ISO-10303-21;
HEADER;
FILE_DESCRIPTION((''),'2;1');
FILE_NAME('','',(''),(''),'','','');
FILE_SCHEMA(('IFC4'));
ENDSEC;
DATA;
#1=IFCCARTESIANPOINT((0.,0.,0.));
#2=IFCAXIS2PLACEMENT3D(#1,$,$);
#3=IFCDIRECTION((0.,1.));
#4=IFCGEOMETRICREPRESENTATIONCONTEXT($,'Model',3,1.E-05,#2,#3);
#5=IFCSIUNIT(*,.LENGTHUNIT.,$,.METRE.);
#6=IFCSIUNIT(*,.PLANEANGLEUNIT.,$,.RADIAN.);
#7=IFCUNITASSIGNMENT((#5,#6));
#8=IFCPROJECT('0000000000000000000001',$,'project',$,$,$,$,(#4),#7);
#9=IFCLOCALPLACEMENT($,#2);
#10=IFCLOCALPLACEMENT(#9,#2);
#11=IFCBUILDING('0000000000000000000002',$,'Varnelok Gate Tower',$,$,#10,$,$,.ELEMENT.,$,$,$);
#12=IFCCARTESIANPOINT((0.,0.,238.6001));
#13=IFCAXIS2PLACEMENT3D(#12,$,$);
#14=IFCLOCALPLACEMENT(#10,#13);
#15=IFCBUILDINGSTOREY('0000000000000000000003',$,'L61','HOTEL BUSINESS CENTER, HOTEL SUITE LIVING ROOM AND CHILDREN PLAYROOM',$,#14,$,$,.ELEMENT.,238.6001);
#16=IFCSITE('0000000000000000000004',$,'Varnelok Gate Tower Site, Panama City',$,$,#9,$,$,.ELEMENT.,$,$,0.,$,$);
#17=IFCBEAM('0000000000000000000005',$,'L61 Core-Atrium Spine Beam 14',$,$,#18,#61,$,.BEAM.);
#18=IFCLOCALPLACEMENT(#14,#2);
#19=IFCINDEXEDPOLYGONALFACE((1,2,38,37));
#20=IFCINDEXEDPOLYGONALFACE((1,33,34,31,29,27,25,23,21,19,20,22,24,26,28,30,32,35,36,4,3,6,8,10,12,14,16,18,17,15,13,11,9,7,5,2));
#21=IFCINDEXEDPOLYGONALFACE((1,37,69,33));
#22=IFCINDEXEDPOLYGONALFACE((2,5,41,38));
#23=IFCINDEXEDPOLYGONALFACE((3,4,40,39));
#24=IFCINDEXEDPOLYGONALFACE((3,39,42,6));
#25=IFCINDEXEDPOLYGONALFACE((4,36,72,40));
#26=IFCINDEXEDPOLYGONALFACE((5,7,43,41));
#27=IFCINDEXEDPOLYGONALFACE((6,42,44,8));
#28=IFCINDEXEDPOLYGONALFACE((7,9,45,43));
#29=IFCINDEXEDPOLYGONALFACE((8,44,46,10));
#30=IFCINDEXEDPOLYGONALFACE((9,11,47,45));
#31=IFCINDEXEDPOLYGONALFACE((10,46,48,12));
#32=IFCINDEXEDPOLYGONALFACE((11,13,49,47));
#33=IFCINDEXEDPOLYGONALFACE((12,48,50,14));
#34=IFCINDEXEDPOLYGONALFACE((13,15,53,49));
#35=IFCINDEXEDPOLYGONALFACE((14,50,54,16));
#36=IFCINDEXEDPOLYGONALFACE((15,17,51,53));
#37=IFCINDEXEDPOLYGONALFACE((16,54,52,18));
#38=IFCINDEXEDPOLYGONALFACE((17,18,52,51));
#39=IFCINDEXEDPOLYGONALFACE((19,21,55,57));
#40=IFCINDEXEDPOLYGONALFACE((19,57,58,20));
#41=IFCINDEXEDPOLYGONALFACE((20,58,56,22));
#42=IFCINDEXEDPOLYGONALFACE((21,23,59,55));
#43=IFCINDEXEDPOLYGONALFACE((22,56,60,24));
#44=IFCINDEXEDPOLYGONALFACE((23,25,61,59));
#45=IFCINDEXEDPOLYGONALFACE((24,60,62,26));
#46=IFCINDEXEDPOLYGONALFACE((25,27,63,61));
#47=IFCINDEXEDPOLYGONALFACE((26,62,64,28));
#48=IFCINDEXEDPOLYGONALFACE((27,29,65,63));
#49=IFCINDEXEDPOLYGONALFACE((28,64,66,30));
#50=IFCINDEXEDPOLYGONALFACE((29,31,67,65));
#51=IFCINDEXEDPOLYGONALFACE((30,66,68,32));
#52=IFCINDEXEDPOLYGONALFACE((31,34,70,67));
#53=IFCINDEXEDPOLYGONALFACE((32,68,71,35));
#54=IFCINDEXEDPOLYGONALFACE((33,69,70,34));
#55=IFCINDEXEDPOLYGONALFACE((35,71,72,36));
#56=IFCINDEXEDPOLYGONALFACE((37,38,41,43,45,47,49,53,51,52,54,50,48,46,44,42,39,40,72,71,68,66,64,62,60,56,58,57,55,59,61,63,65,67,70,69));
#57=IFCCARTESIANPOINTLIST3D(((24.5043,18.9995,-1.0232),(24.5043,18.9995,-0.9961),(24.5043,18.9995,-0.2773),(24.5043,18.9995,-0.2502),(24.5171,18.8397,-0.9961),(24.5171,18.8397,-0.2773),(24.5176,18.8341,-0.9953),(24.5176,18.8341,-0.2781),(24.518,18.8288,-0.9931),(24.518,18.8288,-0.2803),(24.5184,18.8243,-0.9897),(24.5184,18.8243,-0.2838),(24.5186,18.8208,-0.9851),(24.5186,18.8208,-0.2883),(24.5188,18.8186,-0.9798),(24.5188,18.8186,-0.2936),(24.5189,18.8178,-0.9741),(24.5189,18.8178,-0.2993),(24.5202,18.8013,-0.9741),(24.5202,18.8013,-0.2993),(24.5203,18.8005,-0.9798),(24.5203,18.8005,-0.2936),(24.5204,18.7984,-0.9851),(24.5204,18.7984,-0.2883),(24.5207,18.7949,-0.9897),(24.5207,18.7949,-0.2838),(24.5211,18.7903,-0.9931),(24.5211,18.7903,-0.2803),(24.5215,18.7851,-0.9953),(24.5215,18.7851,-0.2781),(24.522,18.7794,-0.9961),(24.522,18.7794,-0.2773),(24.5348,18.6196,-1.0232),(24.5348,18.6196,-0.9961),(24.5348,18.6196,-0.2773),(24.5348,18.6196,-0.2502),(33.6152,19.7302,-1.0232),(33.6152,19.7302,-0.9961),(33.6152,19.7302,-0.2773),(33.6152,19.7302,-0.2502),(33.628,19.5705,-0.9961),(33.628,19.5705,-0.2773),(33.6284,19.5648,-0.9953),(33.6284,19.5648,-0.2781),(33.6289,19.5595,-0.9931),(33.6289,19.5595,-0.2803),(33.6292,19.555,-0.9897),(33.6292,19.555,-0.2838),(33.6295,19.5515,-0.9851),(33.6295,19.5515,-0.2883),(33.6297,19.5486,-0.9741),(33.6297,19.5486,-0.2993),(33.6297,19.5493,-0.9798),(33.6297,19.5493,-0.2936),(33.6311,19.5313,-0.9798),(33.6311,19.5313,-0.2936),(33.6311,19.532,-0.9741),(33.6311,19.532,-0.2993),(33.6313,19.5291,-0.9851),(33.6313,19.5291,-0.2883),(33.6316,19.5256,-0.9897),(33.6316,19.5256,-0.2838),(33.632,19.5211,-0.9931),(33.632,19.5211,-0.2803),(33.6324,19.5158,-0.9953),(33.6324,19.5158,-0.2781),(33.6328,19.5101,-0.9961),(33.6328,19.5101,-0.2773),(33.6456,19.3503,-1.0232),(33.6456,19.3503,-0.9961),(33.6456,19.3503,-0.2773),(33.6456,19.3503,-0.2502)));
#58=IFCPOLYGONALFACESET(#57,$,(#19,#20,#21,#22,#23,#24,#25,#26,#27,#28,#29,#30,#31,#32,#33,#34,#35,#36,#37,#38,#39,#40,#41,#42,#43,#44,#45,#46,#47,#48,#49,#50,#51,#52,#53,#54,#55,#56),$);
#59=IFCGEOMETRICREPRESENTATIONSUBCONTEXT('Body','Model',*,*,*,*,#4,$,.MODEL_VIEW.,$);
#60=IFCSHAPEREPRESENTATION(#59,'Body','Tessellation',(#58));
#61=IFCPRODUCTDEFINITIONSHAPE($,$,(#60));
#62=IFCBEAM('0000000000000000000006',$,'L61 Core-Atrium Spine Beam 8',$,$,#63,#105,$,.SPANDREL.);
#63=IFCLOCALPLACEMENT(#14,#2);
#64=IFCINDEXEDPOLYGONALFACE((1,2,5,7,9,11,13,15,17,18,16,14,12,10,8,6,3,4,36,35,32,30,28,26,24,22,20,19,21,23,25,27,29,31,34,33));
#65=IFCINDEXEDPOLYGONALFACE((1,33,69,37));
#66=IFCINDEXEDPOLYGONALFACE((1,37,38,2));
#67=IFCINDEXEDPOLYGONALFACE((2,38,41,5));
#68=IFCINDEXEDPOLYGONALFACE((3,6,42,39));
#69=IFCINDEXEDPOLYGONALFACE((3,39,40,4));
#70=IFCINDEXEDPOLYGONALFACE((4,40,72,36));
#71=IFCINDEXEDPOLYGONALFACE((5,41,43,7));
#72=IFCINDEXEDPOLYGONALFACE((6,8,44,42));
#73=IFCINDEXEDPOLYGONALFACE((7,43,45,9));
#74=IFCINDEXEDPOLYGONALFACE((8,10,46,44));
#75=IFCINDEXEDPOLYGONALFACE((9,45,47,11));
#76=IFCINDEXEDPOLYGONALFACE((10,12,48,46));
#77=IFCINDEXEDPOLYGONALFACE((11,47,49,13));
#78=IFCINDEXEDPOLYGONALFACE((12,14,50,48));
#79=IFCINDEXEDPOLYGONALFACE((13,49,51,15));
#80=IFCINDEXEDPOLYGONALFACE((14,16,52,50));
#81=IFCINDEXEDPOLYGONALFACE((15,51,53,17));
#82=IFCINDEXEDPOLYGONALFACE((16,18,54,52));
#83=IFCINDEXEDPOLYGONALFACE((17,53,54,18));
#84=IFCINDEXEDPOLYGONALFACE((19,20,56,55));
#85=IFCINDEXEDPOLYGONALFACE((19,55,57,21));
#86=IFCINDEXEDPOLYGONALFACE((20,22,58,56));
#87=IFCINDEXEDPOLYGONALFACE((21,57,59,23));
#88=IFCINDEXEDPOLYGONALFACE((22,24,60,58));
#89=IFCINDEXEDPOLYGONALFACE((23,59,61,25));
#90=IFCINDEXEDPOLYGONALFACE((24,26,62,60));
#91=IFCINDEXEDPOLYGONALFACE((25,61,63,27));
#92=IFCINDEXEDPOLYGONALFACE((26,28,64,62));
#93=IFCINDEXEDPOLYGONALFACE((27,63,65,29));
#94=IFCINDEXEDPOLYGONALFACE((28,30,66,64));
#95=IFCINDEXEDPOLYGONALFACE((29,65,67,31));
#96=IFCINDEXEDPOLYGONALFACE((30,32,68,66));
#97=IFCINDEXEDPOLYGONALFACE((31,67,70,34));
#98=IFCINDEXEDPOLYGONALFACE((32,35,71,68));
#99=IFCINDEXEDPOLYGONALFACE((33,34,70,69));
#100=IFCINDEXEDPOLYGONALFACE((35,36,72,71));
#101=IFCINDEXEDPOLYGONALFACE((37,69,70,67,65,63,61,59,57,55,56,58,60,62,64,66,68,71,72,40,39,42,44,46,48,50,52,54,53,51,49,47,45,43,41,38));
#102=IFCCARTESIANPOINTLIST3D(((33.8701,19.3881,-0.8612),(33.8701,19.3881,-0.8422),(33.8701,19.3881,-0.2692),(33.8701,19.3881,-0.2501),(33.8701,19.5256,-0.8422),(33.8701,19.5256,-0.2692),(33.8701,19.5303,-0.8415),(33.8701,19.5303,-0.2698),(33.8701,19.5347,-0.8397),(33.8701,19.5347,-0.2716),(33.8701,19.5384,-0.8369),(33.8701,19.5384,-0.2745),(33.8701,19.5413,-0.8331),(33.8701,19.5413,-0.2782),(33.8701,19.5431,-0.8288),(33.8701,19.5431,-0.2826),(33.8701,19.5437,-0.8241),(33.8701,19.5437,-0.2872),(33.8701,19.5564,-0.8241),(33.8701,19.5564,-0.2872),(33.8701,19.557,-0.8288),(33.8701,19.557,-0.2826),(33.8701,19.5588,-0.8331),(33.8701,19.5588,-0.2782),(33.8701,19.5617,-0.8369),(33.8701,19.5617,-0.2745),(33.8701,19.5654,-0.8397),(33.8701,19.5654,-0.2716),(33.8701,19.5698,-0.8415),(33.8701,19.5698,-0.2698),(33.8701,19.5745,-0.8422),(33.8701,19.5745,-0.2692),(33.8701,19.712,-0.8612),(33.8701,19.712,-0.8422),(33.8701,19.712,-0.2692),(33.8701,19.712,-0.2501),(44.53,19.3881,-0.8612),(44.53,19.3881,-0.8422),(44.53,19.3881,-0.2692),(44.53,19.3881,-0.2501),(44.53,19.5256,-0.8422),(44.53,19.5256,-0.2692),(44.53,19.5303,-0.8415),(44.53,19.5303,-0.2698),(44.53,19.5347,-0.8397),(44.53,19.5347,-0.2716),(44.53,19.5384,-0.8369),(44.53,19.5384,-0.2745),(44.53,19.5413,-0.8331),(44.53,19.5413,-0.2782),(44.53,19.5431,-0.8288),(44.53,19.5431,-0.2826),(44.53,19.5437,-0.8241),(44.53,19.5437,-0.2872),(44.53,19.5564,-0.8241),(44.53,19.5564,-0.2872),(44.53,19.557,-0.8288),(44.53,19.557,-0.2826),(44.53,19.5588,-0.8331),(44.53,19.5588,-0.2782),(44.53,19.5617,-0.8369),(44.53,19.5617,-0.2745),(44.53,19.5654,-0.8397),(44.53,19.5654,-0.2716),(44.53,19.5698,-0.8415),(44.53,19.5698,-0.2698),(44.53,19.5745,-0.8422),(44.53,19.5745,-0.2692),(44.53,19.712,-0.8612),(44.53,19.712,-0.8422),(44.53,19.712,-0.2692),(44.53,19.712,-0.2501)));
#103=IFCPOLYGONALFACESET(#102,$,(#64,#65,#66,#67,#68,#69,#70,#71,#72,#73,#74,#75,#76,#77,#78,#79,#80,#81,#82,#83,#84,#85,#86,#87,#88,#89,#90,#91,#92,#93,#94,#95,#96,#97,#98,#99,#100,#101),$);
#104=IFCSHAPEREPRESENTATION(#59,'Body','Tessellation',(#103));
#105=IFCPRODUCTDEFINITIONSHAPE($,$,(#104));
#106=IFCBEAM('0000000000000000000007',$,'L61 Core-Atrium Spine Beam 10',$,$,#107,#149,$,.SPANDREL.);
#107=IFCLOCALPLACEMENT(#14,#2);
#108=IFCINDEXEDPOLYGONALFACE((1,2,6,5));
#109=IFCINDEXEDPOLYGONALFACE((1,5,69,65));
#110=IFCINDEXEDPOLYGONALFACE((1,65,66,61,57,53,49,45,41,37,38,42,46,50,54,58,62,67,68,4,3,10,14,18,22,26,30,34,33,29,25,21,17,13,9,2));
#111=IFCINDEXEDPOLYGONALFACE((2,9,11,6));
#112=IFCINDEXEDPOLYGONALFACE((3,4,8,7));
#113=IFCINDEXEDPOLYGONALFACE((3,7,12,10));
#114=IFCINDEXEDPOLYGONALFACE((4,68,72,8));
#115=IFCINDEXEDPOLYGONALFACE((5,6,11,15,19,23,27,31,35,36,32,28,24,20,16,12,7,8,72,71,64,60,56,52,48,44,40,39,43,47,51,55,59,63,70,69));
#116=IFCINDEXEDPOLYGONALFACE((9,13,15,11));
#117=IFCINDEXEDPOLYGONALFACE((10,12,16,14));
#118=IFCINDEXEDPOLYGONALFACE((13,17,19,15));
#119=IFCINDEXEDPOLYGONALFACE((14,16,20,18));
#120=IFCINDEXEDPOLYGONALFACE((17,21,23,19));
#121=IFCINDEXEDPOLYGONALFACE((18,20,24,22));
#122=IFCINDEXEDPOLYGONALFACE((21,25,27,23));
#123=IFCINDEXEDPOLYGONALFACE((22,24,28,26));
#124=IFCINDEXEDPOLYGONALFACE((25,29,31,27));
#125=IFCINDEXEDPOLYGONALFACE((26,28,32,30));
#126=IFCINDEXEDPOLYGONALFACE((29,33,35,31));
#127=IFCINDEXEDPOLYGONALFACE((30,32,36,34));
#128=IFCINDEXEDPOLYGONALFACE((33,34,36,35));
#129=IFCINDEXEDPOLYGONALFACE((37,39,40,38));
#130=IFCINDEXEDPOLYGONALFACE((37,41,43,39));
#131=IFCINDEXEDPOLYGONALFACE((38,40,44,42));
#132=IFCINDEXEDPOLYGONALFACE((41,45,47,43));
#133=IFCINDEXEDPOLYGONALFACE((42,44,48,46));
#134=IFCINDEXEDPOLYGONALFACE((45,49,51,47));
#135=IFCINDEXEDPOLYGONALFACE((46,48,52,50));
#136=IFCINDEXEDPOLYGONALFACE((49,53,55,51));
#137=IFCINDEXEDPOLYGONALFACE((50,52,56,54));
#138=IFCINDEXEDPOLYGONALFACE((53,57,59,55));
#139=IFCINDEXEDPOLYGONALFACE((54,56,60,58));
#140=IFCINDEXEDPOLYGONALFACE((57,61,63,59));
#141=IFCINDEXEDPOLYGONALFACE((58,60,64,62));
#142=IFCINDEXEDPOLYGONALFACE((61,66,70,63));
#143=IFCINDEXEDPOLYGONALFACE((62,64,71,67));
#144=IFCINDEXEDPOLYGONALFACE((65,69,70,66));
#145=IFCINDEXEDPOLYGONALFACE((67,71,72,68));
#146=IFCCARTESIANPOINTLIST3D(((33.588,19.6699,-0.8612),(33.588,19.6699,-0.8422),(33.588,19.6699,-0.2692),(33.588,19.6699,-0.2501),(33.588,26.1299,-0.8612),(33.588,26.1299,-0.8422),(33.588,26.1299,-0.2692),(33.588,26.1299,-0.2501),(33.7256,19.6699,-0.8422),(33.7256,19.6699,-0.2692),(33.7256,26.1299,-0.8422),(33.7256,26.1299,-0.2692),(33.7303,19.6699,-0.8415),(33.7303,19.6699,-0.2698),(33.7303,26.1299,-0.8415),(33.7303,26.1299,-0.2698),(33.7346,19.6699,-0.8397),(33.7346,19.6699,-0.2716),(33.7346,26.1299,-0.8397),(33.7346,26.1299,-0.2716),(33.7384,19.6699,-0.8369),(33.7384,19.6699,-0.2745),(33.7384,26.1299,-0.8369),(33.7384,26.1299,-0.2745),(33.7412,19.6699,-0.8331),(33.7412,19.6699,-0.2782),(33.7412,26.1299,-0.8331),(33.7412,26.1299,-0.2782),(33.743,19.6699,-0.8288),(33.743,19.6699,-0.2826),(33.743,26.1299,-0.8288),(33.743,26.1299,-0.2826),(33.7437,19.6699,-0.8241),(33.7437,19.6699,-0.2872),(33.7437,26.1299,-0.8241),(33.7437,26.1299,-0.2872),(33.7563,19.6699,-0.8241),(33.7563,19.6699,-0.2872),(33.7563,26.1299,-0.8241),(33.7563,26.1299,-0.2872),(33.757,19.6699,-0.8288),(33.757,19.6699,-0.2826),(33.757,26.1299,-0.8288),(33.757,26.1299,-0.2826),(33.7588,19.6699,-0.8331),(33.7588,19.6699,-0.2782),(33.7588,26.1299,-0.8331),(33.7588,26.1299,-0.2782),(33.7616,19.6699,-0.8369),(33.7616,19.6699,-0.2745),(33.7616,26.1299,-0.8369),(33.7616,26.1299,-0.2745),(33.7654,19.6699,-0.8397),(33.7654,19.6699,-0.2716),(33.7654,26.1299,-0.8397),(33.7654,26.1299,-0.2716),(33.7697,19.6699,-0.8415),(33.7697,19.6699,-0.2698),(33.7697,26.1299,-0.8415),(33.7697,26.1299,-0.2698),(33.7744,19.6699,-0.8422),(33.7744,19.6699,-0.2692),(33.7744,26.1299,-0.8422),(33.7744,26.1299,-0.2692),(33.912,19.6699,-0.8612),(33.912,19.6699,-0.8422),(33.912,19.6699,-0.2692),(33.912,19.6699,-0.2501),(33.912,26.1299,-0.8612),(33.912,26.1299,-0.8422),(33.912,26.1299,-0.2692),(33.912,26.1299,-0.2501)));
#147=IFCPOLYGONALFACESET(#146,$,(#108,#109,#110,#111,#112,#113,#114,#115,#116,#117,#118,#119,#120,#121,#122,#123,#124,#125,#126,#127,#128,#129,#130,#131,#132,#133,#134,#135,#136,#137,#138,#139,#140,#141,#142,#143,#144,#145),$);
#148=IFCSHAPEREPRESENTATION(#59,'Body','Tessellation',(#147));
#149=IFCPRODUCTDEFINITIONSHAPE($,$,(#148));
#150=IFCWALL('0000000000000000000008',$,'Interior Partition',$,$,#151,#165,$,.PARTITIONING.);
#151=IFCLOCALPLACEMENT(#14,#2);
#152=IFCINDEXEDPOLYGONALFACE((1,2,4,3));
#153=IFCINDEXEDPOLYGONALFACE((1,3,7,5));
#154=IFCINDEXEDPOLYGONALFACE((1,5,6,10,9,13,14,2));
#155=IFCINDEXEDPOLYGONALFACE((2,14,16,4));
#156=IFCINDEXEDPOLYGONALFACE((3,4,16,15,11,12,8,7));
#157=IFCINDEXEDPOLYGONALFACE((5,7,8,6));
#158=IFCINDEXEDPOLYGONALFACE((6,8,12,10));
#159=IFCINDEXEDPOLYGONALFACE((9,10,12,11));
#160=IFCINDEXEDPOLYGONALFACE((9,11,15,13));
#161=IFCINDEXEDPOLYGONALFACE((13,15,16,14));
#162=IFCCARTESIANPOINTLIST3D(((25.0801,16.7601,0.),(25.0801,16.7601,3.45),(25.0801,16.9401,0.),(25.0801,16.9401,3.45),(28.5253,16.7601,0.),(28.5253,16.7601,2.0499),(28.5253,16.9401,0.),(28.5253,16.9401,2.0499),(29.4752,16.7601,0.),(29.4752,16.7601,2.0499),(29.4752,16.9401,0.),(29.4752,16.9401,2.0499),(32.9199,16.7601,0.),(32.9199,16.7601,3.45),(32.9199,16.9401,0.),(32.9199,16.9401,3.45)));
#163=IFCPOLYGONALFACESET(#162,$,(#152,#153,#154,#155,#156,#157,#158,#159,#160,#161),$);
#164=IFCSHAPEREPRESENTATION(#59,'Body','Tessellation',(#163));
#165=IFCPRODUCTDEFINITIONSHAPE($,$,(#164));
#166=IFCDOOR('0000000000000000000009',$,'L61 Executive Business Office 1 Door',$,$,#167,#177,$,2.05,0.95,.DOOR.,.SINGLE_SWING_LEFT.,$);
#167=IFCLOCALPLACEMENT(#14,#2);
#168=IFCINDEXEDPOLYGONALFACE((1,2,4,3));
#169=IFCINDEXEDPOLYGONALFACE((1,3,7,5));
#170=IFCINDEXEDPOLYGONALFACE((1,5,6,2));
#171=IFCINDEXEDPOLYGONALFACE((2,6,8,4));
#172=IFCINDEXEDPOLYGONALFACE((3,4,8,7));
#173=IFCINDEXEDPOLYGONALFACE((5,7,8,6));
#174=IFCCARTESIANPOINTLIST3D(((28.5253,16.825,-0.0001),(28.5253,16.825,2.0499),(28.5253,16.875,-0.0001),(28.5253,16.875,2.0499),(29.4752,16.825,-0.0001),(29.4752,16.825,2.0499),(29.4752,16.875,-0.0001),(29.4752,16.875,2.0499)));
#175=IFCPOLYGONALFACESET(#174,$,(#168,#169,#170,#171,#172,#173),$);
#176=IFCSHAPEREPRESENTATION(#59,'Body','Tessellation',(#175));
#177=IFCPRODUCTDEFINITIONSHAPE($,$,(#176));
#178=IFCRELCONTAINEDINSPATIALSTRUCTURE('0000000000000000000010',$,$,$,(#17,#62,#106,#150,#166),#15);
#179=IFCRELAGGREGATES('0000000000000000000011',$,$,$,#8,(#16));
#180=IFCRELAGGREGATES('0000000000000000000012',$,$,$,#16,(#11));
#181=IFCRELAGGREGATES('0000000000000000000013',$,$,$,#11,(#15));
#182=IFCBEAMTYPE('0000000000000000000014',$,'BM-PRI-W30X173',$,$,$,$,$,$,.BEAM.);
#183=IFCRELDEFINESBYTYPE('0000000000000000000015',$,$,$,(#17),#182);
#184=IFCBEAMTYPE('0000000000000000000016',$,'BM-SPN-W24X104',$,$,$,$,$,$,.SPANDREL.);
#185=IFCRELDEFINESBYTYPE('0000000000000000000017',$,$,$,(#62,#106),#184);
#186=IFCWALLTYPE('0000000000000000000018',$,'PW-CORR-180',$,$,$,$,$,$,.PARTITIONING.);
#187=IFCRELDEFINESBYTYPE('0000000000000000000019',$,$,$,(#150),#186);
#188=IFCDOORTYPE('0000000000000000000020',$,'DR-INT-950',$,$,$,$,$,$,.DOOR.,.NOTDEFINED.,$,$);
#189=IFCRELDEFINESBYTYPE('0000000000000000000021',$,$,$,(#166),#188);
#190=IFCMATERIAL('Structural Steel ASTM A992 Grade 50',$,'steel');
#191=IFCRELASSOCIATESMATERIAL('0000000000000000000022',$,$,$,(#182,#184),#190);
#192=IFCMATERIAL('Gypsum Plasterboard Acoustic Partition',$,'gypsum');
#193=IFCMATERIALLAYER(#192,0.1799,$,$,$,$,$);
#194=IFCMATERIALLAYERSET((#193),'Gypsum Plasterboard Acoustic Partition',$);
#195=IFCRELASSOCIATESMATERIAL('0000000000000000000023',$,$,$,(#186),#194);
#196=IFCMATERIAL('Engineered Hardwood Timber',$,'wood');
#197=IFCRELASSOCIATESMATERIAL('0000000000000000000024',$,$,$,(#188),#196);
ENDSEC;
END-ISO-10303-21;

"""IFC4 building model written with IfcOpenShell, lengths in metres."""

from ifc_helpers import new_model, si_unit, direction, frame, frame_2d, origin, origin_2d, place, context, subcontext, project, spatial, rectangle, i_section, extrude, material, layer, layer_set, material_profile, profile_set, type_object, element, fill, save


model = new_model("IFC4")

# Units and contexts
model_context = context("Model", 3, precision=1e-05, world=origin(), true_north=direction((0.0, 1.0)))
body_context = subcontext(model_context, "Body", "Model", "MODEL_VIEW")
ifc_project = project(units=[si_unit("LENGTHUNIT", "METRE"), si_unit("PLANEANGLEUNIT", "RADIAN")], contexts=[model_context])

# Site, building, storey
site_placement = place(None, origin())
site = spatial("IfcSite", under=ifc_project, at=site_placement, Name="Varnelok Gate Tower Site, Panama City", CompositionType="ELEMENT", RefElevation=0.0)
building_placement = place(site_placement, origin())
building = spatial("IfcBuilding", under=site, at=building_placement, Name="Varnelok Gate Tower", CompositionType="ELEMENT")
storey_placement = place(building_placement, frame((0.0, 0.0, 238.6001)))
storey = spatial("IfcBuildingStorey", under=building, at=storey_placement, Name="L61", Description="HOTEL BUSINESS CENTER, HOTEL SUITE LIVING ROOM AND CHILDREN PLAYROOM", CompositionType="ELEMENT", Elevation=238.6001)

# Shared definitions
ifc_material_1 = material(Name="Structural Steel ASTM A992 Grade 50", Category="steel")

# Beams
ifc_material_profile_1 = material_profile(ifc_material_1, i_section(OverallWidth=0.3811, OverallDepth=0.7729, WebThickness=0.0166, FlangeThickness=0.0271, FilletRadius=0.022, at=origin_2d()), Name="W30X173")
ifc_profile_set_1 = profile_set([ifc_material_profile_1], Name="Structural Steel ASTM A992 Grade 50")
beam_type_1 = type_object("IfcBeamType", Name="BM-PRI-W30X173", PredefinedType="BEAM", material=ifc_profile_set_1)
beam_1_placement = place(storey_placement, frame((24.5195, 18.8096, -0.6367), z_axis=(0.996799, 0.079946, 0.0), x_axis=(-0.079946, 0.996799, 0.0)))
element("IfcBeam", 1, at=beam_1_placement, inside=storey, type_object=beam_type_1, Name="L61 Core-Atrium Spine Beam 14", PredefinedType="BEAM", context=body_context, shape_type="SweptSolid", body=[
    extrude(i_section(OverallWidth=0.3811, OverallDepth=0.7729, WebThickness=0.0166, FlangeThickness=0.0271, FilletRadius=0.022, at=origin_2d()), origin(), (0.0, 0.0, 1.0), 9.1401),
])
ifc_material_profile_2 = material_profile(ifc_material_1, i_section(OverallWidth=0.324, OverallDepth=0.6111, WebThickness=0.0127, FlangeThickness=0.019, FilletRadius=0.0181, at=origin_2d()), Name="W24X104")
ifc_profile_set_2 = profile_set([ifc_material_profile_2], Name="Structural Steel ASTM A992 Grade 50")
beam_type_2 = type_object("IfcBeamType", Name="BM-SPN-W24X104", PredefinedType="SPANDREL", material=ifc_profile_set_2)
beam_2_placement = place(storey_placement, frame((33.8701, 19.55, -0.5557), z_axis=(1.0, 0.0, 0.0), x_axis=(0.0, 1.0, 0.0)))
element("IfcBeam", 2, at=beam_2_placement, inside=storey, type_object=beam_type_2, Name="L61 Core-Atrium Spine Beam 8", PredefinedType="SPANDREL", context=body_context, shape_type="SweptSolid", body=[
    extrude(i_section(OverallWidth=0.324, OverallDepth=0.6111, WebThickness=0.0127, FlangeThickness=0.019, FilletRadius=0.0181, at=origin_2d()), origin(), (0.0, 0.0, 1.0), 10.6599),
])
beam_3_placement = place(storey_placement, frame((33.75, 19.6699, -0.5557), z_axis=(0.0, 1.0, 0.0), x_axis=(-1.0, 0.0, 0.0)))
element("IfcBeam", 3, at=beam_3_placement, inside=storey, type_object=beam_type_2, Name="L61 Core-Atrium Spine Beam 10", PredefinedType="SPANDREL", context=body_context, shape_type="SweptSolid", body=[
    extrude(i_section(OverallWidth=0.324, OverallDepth=0.6111, WebThickness=0.0127, FlangeThickness=0.019, FilletRadius=0.0181, at=origin_2d()), origin(), (0.0, 0.0, 1.0), 6.46),
])

# Wall, opening, door
ifc_material_2 = material(Name="Gypsum Plasterboard Acoustic Partition", Category="gypsum")
ifc_layer_1 = layer(ifc_material_2, 0.1799)
ifc_layer_set_1 = layer_set([ifc_layer_1], Name="Gypsum Plasterboard Acoustic Partition")
wall_type_1 = type_object("IfcWallType", Name="PW-CORR-180", PredefinedType="PARTITIONING", material=ifc_layer_set_1)
wall_1_placement = place(storey_placement, frame((25.0801, 16.8501, 0.0), z_axis=(0.0, 0.0, 1.0), x_axis=(1.0, 0.0, 0.0)))
wall_1 = element("IfcWall", 4, at=wall_1_placement, inside=storey, type_object=wall_type_1, Name="Interior Partition", PredefinedType="PARTITIONING", context=body_context, shape_type="SweptSolid", body=[
    extrude(rectangle(XDim=7.8398, YDim=0.1799, at=frame_2d((3.9199, 0.0))), origin(), (0.0, 0.0, 1.0), 3.45),
])
opening_1_placement = place(wall_1_placement, frame((3.4451, 0.0, 0.0)))
opening_1 = element("IfcOpeningElement", 5, at=opening_1_placement, cuts=wall_1, PredefinedType="OPENING", context=body_context, shape_type="SweptSolid", body=[
    extrude(rectangle(XDim=0.95, YDim=2.05, at=frame_2d((0.4751, 1.0249))), frame((0.0, 0.0999, 0.0), z_axis=(0.0, -1.0, 0.0), x_axis=(1.0, 0.0, 0.0)), (0.0, 0.0, 1.0), 0.2),
])
ifc_material_3 = material(Name="Engineered Hardwood Timber", Category="wood")
door_type_1 = type_object("IfcDoorType", Name="DR-INT-950", OperationType="NOTDEFINED", PredefinedType="DOOR", material=ifc_material_3)
door_1_placement = place(opening_1_placement, origin())
door_1 = element("IfcDoor", 6, at=door_1_placement, inside=storey, type_object=door_type_1, Name="L61 Executive Business Office 1 Door", OperationType="SINGLE_SWING_LEFT", OverallHeight=2.05, OverallWidth=0.95, PredefinedType="DOOR", context=body_context, shape_type="SweptSolid", body=[
    extrude(rectangle(XDim=0.95, YDim=2.05, at=frame_2d((0.4751, 1.0249))), frame((0.0, 0.0249, 0.0), z_axis=(0.0, -1.0, 0.0), x_axis=(1.0, 0.0, 0.0)), (0.0, 0.0, 1.0), 0.05),
])
fill(opening_1, door_1)

save(model, "model.ifc")
